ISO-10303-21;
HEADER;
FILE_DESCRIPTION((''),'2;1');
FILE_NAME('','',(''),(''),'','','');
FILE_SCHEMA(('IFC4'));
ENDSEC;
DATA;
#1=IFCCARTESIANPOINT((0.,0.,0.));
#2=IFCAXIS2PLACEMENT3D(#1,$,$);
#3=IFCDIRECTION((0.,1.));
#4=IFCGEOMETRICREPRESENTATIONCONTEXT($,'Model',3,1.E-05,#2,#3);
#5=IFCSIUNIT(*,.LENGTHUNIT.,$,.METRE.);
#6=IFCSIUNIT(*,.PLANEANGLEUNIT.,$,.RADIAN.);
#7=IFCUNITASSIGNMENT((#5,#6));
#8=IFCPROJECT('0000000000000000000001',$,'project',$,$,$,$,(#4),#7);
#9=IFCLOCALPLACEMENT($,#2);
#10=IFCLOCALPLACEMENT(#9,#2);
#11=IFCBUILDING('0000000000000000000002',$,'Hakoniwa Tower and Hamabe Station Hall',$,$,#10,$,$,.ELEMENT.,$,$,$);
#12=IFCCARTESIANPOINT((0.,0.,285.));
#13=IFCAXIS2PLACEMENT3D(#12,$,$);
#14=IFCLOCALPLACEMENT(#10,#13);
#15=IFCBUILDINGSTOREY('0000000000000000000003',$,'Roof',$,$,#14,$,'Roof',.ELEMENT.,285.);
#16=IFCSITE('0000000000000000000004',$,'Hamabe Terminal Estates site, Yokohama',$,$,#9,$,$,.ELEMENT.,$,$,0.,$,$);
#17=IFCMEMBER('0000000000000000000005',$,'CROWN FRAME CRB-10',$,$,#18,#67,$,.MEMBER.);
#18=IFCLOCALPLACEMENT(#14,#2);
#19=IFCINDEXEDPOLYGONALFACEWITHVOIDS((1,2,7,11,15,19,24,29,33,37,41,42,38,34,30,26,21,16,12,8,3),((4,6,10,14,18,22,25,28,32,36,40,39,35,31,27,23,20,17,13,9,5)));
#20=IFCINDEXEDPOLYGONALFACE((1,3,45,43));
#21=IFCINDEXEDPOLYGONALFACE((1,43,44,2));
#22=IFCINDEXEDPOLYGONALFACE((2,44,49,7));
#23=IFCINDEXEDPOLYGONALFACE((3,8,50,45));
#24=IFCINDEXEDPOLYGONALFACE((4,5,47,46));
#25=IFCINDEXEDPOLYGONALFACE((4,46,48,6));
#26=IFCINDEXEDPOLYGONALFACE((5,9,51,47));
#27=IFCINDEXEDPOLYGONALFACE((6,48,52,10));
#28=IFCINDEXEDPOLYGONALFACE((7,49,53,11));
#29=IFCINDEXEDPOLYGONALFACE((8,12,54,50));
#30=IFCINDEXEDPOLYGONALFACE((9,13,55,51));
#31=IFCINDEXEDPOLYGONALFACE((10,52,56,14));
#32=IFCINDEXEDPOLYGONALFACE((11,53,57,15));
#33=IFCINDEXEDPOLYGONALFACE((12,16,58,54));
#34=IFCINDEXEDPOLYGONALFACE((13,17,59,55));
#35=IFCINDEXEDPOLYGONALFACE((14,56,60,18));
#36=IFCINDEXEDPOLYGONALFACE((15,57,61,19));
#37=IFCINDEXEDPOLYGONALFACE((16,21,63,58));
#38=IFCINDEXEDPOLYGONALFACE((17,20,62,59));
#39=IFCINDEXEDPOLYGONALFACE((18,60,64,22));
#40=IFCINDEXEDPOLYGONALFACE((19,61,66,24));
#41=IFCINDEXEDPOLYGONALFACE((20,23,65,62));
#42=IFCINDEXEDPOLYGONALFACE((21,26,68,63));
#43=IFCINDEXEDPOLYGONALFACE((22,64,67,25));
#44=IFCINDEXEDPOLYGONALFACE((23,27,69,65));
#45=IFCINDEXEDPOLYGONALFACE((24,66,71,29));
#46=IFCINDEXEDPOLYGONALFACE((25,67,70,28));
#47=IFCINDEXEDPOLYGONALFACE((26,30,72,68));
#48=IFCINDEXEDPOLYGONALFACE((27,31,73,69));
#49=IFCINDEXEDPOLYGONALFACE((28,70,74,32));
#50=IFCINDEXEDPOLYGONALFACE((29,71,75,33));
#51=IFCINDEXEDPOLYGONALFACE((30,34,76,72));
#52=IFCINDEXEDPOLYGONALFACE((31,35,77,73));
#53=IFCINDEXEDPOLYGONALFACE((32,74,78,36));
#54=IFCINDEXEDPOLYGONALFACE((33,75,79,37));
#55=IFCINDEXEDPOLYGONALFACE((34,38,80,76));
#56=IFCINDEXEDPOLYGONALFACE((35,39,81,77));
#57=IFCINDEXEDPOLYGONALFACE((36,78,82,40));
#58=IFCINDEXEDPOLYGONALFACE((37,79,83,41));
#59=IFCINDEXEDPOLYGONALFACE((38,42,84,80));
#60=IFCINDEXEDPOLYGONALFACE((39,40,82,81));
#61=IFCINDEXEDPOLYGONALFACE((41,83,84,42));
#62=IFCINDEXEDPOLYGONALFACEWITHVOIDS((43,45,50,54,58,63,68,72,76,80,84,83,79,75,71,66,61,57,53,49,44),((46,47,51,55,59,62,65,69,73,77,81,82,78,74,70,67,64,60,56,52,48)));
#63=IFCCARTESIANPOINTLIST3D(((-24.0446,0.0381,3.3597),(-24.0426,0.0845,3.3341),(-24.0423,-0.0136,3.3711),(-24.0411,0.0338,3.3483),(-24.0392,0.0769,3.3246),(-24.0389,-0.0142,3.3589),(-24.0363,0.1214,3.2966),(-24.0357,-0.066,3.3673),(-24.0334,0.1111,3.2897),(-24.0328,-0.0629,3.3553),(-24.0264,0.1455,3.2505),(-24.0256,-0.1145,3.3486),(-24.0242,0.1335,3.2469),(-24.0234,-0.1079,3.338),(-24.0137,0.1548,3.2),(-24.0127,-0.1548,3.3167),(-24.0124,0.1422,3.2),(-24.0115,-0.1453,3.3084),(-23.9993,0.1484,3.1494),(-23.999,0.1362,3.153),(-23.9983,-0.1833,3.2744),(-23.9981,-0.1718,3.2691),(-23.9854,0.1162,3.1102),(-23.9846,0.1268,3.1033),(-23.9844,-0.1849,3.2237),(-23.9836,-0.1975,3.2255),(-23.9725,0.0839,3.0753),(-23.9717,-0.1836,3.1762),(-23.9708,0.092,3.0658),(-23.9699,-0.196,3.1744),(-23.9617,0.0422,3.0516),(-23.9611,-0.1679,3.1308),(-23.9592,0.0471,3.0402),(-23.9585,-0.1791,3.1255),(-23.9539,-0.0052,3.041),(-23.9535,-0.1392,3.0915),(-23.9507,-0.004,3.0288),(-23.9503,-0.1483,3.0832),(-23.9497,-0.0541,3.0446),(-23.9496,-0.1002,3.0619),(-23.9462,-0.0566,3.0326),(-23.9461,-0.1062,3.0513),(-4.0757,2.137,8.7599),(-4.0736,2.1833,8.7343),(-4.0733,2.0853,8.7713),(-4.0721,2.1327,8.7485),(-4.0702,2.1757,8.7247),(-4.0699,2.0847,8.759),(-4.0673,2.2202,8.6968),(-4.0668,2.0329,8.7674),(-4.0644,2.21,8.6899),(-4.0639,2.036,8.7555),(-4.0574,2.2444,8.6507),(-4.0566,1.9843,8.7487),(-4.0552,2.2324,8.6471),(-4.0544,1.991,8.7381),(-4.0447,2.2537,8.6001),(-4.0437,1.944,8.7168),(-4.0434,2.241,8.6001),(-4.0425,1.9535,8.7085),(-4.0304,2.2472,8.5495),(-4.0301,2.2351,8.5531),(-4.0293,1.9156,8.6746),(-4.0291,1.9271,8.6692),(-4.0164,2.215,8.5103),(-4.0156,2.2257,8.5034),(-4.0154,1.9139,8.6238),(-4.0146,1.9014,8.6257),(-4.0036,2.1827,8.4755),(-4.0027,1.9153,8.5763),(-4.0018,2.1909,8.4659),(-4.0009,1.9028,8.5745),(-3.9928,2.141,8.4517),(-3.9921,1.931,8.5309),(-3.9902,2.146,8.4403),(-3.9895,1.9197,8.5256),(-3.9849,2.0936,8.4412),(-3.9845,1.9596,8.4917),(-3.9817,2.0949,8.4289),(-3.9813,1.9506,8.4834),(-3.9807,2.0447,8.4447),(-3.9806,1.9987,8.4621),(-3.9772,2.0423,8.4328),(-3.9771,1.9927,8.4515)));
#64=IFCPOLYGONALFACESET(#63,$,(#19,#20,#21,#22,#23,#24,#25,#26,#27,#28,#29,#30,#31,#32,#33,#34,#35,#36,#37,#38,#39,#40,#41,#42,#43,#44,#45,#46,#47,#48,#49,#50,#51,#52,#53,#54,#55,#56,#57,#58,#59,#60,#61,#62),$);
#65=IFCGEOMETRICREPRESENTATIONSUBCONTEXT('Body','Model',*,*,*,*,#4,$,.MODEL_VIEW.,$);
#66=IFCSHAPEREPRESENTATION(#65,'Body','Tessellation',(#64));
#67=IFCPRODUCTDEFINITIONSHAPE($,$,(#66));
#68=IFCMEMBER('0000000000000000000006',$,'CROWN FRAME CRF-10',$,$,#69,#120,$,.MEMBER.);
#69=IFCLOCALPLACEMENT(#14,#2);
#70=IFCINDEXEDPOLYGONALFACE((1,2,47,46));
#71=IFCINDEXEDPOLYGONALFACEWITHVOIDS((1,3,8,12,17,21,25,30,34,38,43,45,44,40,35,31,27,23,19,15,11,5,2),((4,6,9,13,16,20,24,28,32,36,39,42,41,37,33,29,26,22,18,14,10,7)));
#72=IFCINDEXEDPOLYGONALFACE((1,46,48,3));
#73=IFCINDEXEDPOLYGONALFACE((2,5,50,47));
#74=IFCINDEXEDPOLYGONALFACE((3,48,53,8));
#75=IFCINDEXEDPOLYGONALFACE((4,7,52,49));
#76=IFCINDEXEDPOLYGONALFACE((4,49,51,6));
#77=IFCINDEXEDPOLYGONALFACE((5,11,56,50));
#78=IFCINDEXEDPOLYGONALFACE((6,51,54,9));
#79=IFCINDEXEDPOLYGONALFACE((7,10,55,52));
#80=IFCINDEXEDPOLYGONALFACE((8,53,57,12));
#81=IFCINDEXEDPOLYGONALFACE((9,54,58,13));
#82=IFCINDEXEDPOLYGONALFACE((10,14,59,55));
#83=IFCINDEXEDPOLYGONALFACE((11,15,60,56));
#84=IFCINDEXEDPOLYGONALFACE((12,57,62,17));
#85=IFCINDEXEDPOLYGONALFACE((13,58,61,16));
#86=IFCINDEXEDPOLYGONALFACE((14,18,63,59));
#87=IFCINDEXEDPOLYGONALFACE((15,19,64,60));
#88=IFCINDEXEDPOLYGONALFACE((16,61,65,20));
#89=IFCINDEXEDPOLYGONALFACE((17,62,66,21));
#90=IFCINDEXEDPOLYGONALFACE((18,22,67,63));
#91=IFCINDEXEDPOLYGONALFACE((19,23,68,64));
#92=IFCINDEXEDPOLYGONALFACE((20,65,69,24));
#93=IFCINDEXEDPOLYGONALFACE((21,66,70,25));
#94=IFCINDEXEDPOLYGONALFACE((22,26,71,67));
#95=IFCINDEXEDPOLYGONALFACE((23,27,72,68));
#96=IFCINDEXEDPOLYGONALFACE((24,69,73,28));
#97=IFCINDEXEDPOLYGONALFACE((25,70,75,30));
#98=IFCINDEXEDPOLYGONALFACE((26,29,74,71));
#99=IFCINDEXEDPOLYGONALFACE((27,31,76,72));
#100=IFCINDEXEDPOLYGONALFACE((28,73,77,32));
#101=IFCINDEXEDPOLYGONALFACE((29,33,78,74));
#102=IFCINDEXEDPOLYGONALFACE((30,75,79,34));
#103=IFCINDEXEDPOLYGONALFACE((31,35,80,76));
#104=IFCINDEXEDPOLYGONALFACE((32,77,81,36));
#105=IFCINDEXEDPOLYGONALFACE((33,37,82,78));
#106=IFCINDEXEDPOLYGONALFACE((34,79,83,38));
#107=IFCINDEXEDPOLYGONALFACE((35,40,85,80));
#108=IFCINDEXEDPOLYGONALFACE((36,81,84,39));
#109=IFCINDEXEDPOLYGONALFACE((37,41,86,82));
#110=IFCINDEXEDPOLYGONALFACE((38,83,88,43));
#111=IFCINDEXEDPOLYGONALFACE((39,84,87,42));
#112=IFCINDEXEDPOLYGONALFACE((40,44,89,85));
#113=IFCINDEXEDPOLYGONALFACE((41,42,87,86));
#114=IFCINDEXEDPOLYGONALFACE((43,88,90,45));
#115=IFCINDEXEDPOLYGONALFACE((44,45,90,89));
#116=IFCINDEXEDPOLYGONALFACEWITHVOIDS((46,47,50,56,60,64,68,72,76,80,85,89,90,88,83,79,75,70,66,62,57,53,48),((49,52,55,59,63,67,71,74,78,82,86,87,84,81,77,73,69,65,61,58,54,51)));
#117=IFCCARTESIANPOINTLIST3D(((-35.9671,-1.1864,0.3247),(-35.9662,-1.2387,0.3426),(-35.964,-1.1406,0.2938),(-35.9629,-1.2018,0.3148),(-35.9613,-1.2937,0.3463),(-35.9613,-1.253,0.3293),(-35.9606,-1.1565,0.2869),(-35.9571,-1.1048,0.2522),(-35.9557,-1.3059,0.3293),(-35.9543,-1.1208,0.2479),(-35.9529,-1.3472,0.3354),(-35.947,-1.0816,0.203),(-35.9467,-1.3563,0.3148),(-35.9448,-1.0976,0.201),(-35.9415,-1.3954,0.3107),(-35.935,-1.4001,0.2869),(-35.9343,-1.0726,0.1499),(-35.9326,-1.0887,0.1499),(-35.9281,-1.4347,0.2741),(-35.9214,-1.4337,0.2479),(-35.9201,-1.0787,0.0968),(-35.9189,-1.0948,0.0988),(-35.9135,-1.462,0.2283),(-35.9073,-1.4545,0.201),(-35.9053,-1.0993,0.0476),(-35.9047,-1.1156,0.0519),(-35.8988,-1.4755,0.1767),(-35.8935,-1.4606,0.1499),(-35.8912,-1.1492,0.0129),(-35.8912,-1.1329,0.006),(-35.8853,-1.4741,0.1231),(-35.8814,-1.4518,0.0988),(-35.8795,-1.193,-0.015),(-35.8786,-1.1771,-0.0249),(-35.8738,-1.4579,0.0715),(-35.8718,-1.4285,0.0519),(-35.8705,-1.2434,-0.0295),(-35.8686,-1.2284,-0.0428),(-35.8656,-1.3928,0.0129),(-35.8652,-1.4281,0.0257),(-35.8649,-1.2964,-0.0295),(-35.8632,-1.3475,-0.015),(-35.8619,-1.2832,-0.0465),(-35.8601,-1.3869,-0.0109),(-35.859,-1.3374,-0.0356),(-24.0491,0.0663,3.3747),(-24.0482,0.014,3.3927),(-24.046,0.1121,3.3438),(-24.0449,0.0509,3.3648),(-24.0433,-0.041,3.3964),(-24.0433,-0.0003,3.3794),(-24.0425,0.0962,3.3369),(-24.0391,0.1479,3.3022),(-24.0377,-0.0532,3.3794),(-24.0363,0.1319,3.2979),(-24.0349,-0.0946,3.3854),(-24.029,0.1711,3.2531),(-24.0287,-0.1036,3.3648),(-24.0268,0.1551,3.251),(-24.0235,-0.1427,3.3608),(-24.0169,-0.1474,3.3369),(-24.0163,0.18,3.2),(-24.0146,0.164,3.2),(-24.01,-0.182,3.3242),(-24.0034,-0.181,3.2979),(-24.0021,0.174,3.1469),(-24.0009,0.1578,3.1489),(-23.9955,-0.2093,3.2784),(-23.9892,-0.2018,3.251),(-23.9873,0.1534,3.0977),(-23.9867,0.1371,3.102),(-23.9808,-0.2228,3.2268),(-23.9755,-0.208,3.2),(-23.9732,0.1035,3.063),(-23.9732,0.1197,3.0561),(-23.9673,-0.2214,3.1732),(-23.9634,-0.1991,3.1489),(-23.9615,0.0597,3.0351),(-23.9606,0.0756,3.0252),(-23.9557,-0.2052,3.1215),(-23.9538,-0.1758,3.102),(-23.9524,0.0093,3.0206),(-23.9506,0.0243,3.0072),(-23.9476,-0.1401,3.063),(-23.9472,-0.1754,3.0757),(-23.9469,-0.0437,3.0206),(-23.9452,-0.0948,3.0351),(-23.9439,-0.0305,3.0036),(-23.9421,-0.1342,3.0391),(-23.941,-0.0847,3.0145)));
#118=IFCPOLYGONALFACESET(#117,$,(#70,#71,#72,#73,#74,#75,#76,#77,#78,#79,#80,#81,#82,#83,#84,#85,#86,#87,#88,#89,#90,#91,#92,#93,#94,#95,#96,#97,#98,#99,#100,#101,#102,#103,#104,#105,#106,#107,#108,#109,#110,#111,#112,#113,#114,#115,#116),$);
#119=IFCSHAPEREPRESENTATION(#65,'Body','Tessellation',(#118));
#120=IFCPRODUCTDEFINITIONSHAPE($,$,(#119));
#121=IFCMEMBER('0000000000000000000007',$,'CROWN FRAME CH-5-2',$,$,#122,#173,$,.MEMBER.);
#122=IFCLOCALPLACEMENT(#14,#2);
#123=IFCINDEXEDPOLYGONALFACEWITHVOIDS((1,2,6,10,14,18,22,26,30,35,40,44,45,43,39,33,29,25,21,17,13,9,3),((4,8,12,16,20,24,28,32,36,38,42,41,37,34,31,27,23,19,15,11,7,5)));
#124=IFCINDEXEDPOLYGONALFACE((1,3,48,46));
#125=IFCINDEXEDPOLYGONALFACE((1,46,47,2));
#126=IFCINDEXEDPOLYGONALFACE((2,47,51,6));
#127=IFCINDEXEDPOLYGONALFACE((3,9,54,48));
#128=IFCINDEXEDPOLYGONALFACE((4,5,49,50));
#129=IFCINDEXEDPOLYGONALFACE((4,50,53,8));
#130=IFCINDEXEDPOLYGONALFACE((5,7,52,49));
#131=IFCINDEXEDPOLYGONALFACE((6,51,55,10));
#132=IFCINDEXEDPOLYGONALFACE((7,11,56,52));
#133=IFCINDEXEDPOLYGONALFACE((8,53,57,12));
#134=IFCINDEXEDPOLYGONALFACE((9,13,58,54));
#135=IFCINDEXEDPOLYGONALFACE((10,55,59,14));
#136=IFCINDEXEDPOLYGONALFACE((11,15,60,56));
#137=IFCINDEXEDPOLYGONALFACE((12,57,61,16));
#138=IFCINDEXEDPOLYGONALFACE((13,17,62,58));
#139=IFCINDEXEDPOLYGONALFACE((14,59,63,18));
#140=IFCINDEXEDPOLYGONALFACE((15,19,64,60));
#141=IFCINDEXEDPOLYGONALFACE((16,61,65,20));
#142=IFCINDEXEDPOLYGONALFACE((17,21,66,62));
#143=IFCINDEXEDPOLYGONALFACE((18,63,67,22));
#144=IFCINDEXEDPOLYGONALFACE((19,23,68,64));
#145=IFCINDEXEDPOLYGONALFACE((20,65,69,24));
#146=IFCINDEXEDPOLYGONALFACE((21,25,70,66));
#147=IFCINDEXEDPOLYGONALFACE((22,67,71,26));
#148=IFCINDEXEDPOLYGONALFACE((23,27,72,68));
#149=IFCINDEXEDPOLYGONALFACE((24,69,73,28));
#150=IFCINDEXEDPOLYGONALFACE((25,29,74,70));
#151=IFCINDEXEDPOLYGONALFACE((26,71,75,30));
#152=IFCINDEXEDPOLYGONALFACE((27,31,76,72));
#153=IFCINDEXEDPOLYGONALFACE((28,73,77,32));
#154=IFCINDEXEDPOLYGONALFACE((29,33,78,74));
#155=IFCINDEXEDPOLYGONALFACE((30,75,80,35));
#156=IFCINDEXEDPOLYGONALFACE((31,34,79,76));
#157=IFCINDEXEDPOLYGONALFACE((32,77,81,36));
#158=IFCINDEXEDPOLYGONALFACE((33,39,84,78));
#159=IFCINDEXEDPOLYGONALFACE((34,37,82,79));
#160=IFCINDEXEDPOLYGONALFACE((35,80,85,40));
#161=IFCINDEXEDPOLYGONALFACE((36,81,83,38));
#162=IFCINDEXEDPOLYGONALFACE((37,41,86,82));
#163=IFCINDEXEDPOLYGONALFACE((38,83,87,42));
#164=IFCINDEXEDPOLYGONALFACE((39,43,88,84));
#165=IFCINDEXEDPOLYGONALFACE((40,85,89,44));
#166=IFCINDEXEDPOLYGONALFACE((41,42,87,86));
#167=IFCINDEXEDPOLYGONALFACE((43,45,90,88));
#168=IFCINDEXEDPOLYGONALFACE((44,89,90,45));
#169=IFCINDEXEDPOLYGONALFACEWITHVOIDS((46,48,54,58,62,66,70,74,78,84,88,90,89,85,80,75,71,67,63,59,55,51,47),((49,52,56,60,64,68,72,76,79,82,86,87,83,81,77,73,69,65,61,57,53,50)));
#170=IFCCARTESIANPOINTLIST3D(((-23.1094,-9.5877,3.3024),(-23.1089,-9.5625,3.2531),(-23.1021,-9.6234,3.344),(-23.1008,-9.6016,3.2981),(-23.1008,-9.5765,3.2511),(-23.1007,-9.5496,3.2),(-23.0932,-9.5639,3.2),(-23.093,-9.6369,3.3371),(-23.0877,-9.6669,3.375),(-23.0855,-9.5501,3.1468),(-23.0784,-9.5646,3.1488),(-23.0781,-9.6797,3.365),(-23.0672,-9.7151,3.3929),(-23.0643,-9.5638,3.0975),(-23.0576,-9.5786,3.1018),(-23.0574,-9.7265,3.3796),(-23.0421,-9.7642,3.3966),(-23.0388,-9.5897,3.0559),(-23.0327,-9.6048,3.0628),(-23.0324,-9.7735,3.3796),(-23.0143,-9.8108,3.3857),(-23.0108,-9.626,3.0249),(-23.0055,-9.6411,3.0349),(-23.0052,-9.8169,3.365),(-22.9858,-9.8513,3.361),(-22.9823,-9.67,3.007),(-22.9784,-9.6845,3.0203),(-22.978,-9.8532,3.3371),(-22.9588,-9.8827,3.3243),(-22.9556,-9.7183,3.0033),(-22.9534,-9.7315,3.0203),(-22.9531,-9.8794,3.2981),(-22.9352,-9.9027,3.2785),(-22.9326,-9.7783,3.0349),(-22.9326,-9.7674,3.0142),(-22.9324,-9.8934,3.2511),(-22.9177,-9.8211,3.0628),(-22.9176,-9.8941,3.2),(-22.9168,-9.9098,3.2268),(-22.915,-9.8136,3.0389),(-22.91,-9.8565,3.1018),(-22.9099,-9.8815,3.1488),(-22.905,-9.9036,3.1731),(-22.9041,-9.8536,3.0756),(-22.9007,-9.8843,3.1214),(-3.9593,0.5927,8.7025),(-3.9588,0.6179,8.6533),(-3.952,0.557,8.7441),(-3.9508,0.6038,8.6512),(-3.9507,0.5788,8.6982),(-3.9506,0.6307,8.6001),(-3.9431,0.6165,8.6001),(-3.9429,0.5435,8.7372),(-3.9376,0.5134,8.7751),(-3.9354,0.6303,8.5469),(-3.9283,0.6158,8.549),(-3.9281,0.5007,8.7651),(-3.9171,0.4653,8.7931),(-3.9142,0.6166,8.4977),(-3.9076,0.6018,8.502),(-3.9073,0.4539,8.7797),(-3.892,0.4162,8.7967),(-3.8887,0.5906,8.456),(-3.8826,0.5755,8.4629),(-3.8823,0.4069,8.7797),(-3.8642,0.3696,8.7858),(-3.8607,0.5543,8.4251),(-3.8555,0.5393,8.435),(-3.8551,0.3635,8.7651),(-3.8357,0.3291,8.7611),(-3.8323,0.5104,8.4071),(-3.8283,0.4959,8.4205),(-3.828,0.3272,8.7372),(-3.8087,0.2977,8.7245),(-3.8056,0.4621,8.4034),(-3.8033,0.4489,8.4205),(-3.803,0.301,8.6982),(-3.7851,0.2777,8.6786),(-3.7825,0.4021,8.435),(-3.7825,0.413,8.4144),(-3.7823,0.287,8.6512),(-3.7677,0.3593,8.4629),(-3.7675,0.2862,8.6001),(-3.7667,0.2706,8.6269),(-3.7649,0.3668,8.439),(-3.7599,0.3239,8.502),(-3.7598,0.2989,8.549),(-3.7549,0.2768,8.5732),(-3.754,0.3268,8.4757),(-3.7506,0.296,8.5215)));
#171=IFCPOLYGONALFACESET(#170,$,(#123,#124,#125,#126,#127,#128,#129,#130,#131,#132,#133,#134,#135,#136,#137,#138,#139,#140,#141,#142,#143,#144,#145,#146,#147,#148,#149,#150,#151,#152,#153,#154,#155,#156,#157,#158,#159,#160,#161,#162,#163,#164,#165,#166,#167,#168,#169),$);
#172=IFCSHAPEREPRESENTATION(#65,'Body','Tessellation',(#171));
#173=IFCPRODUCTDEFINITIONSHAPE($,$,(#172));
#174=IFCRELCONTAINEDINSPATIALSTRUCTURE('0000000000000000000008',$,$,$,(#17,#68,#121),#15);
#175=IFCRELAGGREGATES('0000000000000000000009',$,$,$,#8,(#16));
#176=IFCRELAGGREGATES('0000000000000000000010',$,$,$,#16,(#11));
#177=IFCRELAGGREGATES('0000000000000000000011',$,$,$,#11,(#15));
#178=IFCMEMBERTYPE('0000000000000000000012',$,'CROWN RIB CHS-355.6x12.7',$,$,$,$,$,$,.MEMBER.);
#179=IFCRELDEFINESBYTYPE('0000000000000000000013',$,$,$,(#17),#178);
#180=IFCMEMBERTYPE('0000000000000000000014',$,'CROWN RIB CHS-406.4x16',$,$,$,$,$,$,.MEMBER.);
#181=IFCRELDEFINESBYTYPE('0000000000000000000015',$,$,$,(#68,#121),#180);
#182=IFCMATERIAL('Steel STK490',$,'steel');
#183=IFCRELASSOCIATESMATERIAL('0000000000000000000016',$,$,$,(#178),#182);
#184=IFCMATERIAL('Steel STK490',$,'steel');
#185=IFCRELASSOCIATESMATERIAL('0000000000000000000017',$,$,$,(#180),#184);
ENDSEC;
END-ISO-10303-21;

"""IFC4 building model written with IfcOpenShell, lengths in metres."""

from ifc_helpers import new_model, si_unit, direction, frame, origin, origin_2d, place, context, subcontext, project, spatial, hollow_circle, extrude, material, material_profile, profile_set, type_object, element, save


model = new_model("IFC4")

# Units and contexts
model_context = context("Model", 3, precision=1e-05, world=origin(), true_north=direction((0.0, 1.0)))
body_context = subcontext(model_context, "Body", "Model", "MODEL_VIEW")
ifc_project = project(units=[si_unit("LENGTHUNIT", "METRE"), si_unit("PLANEANGLEUNIT", "RADIAN")], contexts=[model_context])

# Site, building, storey
site_placement = place(None, origin())
site = spatial("IfcSite", under=ifc_project, at=site_placement, Name="Hamabe Terminal Estates site, Yokohama", CompositionType="ELEMENT", RefElevation=0.0)
building_placement = place(site_placement, origin())
building = spatial("IfcBuilding", under=site, at=building_placement, Name="Hakoniwa Tower and Hamabe Station Hall", CompositionType="ELEMENT")
storey_placement = place(building_placement, frame((0.0, 0.0, 285.0)))
storey = spatial("IfcBuildingStorey", under=building, at=storey_placement, Name="Roof", LongName="Roof", CompositionType="ELEMENT", Elevation=285.0)

# Members
ifc_material_1 = material(Name="Steel STK490", Category="steel")
ifc_material_profile_1 = material_profile(ifc_material_1, hollow_circle(Radius=0.1777, WallThickness=0.0127, at=origin_2d()), Name="CHS-355.6x12.7")
ifc_profile_set_1 = profile_set([ifc_material_profile_1], Name="Steel STK490")
member_type_1 = type_object("IfcMemberType", Name="CROWN RIB CHS-355.6x12.7", PredefinedType="MEMBER", material=ifc_profile_set_1)
member_1_placement = place(storey_placement, frame((-23.9951, -0.022, 3.2), z_axis=(0.960395, 0.100944, 0.259716), x_axis=(-0.104531, 0.994522, 0.0)))
element("IfcMember", 1, at=member_1_placement, inside=storey, type_object=member_type_1, Name="CROWN FRAME CRB-10", PredefinedType="MEMBER", context=body_context, shape_type="SweptSolid", body=[
    extrude(hollow_circle(Radius=0.1777, WallThickness=0.0127, at=origin_2d()), origin(), (0.0, 0.0, 1.0), 20.7925),
])
ifc_material_2 = material(Name="Steel STK490", Category="steel")
ifc_material_profile_2 = material_profile(ifc_material_2, hollow_circle(Radius=0.2031, WallThickness=0.0161, at=origin_2d()), Name="CHS-406.4x16")
ifc_profile_set_2 = profile_set([ifc_material_profile_2], Name="Steel STK490")
member_type_2 = type_object("IfcMemberType", Name="CROWN RIB CHS-406.4x16", PredefinedType="MEMBER", material=ifc_profile_set_2)
member_2_placement = place(storey_placement, frame((-35.9131, -1.2747, 0.1499), z_axis=(0.963794, 0.101303, 0.246654), x_axis=(-0.104533, 0.994521, 0.0)))
element("IfcMember", 2, at=member_2_placement, inside=storey, type_object=member_type_2, Name="CROWN FRAME CRF-10", PredefinedType="MEMBER", context=body_context, shape_type="SweptSolid", body=[
    extrude(hollow_circle(Radius=0.2031, WallThickness=0.0161, at=origin_2d()), origin(), (0.0, 0.0, 1.0), 12.3657),
])
member_3_placement = place(storey_placement, frame((-23.0054, -9.729, 3.2), z_axis=(0.856823, 0.455496, 0.241615), x_axis=(-0.469403, 0.882984, 0.0)))
element("IfcMember", 3, at=member_3_placement, inside=storey, type_object=member_type_2, Name="CROWN FRAME CH-5-2", PredefinedType="MEMBER", context=body_context, shape_type="SweptSolid", body=[
    extrude(hollow_circle(Radius=0.2031, WallThickness=0.0161, at=origin_2d()), origin(), (0.0, 0.0, 1.0), 22.3501),
])

save(model, "model.ifc")
